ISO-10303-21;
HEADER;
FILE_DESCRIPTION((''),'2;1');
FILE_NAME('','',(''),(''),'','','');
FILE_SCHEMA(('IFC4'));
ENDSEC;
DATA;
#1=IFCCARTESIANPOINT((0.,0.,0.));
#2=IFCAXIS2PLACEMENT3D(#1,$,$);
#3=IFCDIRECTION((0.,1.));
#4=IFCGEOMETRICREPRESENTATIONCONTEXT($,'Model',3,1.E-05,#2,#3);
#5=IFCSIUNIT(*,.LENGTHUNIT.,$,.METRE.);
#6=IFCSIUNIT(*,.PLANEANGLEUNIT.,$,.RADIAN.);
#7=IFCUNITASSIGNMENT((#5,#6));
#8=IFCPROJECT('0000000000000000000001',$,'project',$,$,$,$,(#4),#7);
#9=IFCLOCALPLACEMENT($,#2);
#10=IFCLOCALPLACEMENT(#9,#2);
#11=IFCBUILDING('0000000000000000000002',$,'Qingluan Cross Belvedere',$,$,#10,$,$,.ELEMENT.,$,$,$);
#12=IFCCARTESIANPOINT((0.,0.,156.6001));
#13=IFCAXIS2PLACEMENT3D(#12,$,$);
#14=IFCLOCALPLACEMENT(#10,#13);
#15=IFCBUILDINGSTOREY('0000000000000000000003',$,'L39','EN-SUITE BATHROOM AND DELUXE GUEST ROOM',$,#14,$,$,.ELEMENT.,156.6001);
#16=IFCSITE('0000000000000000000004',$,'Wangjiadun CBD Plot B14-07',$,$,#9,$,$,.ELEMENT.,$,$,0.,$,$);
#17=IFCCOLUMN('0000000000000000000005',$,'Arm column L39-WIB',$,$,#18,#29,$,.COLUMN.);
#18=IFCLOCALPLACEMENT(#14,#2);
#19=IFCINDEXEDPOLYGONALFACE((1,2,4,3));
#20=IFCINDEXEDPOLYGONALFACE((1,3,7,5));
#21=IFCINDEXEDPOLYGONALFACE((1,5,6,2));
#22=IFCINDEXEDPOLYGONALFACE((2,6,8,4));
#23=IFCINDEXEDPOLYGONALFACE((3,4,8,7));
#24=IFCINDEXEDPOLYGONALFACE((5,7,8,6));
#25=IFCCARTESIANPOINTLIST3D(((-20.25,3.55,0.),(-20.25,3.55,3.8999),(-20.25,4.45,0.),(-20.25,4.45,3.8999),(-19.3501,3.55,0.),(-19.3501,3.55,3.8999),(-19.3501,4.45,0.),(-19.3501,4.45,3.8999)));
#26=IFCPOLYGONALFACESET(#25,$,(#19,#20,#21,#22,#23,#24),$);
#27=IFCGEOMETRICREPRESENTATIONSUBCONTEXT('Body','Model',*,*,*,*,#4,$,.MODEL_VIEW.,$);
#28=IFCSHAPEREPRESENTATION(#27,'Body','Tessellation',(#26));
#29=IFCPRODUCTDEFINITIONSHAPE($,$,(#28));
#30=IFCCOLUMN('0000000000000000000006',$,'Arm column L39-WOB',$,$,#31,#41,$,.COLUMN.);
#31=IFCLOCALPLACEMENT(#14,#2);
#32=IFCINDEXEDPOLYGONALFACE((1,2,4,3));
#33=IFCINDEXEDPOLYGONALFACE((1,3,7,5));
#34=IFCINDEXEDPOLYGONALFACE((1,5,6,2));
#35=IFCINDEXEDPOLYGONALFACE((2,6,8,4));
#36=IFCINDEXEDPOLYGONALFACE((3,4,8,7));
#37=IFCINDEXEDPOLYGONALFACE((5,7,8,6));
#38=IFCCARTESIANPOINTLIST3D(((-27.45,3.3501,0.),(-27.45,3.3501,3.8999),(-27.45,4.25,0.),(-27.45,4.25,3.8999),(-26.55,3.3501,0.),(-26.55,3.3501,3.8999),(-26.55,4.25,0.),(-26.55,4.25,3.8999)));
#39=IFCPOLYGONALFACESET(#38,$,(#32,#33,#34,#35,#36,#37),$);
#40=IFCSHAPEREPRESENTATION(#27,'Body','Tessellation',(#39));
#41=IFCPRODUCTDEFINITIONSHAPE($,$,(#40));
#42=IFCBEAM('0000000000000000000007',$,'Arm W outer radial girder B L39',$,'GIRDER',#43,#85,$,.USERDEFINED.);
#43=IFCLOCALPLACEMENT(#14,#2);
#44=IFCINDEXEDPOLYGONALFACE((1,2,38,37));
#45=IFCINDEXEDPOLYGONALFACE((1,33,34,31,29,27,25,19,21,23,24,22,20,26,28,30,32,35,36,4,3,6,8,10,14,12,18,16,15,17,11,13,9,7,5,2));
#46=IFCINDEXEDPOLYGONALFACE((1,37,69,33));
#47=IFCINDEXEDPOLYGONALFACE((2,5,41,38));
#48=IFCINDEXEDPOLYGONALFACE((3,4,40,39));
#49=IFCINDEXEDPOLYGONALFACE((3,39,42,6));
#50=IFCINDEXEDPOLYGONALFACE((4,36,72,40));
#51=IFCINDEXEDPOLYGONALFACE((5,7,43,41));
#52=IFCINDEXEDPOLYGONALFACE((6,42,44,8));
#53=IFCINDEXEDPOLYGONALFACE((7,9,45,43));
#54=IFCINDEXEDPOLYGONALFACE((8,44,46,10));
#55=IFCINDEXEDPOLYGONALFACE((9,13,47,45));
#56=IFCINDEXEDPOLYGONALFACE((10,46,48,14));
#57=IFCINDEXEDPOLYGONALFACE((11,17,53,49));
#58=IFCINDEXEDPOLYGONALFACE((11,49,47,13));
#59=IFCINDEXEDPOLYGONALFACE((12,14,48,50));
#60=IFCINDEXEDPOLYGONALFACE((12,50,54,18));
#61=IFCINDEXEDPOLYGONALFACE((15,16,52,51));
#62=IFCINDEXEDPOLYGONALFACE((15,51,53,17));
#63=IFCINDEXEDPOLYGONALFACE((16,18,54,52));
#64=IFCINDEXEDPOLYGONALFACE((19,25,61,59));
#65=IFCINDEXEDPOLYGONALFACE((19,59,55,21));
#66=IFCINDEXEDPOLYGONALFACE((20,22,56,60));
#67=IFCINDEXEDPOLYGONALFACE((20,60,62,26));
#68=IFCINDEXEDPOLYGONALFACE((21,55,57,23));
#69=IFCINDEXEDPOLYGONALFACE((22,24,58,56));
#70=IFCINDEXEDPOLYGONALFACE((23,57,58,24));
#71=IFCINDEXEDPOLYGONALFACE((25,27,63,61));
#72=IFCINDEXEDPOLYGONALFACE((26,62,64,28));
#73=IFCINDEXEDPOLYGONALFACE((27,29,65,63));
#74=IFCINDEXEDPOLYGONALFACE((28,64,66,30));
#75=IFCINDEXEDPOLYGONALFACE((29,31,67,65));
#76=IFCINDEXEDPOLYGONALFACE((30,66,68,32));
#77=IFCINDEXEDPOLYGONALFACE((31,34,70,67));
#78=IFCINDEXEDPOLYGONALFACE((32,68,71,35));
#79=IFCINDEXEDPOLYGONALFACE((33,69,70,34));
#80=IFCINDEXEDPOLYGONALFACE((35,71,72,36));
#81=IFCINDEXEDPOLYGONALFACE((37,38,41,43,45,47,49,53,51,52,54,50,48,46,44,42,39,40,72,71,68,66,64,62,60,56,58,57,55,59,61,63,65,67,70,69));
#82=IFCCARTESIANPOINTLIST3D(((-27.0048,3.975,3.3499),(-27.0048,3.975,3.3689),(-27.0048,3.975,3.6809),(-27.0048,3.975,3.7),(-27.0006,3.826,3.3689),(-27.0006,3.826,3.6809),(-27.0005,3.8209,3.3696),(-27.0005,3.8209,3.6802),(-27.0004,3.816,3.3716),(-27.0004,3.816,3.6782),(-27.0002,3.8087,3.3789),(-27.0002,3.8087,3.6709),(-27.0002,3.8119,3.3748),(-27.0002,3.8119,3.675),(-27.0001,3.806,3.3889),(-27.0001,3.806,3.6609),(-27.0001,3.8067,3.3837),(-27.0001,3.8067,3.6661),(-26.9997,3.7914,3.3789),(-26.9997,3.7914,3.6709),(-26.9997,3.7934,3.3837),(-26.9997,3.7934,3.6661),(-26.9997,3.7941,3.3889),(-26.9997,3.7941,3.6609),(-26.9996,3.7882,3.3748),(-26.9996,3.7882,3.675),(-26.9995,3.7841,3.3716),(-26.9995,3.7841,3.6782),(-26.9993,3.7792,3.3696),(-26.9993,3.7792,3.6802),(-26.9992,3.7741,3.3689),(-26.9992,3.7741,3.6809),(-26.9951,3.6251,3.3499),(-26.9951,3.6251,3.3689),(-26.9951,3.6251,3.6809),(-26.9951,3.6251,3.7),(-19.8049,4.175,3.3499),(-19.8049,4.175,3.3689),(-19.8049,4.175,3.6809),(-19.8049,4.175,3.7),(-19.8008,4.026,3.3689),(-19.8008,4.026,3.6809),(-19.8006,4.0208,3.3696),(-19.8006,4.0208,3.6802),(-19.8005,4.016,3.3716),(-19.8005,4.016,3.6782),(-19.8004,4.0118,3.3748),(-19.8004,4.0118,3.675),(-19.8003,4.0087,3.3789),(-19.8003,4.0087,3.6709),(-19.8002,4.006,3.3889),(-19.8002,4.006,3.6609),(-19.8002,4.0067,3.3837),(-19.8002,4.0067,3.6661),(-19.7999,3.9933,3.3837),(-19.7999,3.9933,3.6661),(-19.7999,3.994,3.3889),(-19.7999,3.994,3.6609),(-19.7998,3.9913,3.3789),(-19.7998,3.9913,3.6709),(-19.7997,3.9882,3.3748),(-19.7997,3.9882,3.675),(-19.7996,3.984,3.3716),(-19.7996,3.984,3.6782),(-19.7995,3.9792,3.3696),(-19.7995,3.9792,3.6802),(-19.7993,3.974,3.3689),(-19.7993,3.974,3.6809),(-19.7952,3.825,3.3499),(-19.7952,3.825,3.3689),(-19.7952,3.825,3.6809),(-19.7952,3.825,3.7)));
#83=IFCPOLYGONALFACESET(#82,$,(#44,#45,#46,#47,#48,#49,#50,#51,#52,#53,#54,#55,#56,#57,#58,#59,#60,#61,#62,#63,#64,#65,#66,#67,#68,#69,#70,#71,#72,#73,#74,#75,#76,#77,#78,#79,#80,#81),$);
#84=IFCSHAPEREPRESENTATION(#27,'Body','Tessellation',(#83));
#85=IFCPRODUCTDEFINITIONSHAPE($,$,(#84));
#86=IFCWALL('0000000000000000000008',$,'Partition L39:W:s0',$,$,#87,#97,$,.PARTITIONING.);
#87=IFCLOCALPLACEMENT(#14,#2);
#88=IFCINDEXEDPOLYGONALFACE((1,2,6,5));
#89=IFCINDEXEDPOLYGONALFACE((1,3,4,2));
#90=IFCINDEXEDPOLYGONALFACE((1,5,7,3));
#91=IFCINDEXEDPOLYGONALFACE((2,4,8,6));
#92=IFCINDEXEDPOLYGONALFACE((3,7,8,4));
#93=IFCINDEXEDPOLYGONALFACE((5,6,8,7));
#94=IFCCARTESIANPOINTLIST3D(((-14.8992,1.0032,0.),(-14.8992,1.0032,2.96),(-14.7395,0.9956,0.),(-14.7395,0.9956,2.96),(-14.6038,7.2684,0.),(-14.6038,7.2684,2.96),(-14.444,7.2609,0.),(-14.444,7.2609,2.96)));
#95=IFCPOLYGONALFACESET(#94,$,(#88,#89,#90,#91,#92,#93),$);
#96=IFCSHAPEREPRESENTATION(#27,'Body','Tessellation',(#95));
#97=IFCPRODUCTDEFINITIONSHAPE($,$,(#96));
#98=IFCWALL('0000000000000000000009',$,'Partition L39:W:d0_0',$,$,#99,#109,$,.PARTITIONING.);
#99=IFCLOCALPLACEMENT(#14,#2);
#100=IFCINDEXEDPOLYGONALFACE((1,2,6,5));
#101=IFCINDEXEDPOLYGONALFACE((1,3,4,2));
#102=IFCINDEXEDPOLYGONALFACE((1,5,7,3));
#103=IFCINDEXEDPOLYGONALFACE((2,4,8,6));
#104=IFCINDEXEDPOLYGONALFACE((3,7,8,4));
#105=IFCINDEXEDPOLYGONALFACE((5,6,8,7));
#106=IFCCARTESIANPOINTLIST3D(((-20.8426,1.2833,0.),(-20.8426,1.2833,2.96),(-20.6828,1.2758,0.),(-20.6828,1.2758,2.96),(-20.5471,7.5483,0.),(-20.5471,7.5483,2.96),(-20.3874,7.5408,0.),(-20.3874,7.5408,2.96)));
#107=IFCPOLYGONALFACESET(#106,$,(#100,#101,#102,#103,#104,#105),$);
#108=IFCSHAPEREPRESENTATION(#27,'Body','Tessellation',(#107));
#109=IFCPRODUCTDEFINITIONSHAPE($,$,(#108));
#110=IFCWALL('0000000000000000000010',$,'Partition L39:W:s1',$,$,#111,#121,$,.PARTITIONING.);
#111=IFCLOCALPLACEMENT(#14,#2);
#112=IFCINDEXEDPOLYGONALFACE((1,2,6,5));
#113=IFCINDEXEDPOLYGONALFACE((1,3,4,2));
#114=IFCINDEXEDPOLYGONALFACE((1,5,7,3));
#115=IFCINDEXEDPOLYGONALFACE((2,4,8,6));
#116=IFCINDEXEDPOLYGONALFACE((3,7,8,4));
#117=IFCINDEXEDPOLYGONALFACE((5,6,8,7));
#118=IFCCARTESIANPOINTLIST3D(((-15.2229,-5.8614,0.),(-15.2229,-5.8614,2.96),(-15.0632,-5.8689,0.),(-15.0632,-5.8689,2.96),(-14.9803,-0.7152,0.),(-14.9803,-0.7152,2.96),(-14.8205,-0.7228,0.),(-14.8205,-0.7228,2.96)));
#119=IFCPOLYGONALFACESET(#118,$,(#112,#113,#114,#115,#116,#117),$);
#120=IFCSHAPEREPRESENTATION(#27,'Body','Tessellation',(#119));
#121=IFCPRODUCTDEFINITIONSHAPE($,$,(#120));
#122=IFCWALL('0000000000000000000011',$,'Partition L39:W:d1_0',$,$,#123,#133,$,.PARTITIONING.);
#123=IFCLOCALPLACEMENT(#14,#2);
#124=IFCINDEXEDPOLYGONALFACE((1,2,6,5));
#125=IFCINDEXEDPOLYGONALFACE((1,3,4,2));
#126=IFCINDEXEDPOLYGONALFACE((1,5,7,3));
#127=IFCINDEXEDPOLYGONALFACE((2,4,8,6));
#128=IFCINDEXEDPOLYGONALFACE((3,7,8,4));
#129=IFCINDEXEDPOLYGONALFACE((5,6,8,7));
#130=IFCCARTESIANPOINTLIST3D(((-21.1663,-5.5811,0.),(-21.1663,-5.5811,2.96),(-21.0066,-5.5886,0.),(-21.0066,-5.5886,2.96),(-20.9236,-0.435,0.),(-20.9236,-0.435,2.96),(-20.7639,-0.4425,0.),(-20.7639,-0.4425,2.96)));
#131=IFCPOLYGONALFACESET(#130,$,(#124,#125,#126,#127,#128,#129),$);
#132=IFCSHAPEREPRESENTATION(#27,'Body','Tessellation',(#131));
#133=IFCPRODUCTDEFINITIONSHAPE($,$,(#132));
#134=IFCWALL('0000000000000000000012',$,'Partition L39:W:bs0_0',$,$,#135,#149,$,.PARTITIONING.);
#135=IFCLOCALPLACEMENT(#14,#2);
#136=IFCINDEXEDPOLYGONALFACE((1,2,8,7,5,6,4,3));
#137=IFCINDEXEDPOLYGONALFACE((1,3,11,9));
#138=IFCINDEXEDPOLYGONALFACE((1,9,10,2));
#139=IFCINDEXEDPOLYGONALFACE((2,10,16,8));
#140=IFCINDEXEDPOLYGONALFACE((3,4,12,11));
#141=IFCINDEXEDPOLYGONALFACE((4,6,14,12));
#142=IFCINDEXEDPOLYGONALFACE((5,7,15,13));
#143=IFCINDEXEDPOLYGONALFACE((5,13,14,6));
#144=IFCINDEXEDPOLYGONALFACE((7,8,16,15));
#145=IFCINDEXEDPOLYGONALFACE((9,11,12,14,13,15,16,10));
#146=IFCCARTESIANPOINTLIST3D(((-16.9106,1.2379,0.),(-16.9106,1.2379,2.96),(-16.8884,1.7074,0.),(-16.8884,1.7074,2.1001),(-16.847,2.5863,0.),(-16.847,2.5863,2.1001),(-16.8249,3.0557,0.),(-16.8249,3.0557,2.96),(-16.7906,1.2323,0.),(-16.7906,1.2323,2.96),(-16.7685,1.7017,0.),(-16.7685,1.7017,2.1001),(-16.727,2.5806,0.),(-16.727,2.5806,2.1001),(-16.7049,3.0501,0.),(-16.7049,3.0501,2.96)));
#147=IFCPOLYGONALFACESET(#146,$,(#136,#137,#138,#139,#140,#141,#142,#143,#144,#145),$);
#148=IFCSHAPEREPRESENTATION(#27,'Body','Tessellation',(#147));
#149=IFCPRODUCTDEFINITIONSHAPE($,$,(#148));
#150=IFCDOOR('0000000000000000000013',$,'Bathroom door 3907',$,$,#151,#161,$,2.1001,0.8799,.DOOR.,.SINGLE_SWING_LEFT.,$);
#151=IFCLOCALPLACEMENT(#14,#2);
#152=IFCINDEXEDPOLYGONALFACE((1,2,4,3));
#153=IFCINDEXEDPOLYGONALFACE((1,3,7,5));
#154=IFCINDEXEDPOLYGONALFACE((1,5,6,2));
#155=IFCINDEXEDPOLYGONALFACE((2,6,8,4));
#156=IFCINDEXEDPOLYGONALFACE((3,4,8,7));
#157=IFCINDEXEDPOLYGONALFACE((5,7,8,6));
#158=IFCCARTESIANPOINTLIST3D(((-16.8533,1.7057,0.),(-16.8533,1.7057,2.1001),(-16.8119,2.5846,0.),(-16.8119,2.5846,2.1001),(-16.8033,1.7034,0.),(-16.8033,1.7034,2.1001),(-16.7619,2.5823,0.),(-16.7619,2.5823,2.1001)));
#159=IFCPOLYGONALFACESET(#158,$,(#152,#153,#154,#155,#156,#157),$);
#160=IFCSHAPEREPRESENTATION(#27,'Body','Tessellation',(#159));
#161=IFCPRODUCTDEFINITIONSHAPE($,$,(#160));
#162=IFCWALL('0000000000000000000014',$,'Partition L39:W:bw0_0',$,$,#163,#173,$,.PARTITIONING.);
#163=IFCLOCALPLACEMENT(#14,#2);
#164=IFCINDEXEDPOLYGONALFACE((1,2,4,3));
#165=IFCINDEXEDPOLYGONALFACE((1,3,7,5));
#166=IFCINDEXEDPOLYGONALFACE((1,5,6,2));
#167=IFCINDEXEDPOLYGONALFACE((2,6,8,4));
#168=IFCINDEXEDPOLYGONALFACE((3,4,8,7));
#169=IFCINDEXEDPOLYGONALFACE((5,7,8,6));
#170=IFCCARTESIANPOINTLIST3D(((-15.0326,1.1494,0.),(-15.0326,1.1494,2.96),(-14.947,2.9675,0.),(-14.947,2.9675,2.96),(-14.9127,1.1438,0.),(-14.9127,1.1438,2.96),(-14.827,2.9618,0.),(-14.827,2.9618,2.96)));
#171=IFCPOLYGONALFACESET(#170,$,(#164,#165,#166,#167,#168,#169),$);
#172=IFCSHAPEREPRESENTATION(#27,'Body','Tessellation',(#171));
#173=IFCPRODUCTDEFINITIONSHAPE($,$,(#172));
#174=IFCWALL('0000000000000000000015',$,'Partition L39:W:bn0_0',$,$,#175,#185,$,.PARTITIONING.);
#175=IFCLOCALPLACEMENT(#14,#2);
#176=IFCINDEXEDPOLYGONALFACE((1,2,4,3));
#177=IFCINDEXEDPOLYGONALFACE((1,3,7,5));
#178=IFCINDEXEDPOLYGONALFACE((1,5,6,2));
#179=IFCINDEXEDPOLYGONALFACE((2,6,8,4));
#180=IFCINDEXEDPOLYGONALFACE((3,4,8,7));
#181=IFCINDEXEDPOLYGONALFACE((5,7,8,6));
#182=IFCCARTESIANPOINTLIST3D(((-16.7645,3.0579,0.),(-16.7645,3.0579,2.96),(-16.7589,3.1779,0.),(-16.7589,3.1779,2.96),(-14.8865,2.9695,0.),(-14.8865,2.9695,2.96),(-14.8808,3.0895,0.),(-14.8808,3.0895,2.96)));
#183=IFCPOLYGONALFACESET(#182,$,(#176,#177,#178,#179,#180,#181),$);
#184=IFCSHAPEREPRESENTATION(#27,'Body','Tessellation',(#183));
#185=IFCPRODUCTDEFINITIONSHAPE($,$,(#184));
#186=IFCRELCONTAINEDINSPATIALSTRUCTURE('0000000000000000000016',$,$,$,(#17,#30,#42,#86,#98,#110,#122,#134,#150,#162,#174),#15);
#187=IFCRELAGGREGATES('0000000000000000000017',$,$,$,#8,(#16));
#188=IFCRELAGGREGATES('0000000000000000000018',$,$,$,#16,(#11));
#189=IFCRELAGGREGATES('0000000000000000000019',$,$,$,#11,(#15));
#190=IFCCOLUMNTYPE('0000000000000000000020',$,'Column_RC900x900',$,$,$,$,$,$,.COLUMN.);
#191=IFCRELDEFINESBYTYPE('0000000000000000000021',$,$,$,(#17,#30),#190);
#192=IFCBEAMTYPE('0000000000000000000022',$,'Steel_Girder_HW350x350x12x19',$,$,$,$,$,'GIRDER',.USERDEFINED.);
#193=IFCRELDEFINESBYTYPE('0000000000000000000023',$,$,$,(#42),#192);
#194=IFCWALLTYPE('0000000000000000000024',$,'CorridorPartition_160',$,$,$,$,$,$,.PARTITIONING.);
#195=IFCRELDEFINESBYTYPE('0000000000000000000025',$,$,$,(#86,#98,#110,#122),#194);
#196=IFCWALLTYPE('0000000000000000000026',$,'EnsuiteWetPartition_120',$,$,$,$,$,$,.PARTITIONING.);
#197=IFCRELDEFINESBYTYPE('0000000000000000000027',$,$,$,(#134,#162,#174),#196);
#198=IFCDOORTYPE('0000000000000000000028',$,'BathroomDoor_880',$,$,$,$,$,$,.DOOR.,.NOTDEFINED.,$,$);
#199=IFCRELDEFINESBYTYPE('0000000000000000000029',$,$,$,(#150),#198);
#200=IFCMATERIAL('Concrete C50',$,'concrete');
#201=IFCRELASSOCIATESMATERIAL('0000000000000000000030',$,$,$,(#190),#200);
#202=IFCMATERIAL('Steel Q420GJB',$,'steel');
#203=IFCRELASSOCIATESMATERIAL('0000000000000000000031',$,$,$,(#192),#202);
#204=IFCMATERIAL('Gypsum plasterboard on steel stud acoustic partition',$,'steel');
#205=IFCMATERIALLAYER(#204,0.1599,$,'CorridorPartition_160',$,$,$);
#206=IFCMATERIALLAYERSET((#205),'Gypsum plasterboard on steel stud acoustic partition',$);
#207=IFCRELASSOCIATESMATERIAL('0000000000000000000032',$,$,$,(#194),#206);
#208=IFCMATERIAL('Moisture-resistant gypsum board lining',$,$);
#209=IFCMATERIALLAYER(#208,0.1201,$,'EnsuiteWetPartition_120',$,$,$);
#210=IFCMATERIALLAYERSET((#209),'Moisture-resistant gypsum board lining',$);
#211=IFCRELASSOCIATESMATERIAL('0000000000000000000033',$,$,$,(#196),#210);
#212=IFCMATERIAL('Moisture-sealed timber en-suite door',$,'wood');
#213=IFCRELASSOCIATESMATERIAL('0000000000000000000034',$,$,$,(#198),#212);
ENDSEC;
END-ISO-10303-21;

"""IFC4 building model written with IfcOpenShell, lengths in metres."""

from ifc_helpers import new_model, si_unit, direction, frame, frame_2d, origin, origin_2d, place, context, subcontext, project, spatial, rectangle, i_section, extrude, material, layer, layer_set, material_profile, profile_set, type_object, element, fill, save


model = new_model("IFC4")

# Units and contexts
model_context = context("Model", 3, precision=1e-05, world=origin(), true_north=direction((0.0, 1.0)))
body_context = subcontext(model_context, "Body", "Model", "MODEL_VIEW")
ifc_project = project(units=[si_unit("LENGTHUNIT", "METRE"), si_unit("PLANEANGLEUNIT", "RADIAN")], contexts=[model_context])

# Site, building, storey
site_placement = place(None, origin())
site = spatial("IfcSite", under=ifc_project, at=site_placement, Name="Wangjiadun CBD Plot B14-07", CompositionType="ELEMENT", RefElevation=0.0)
building_placement = place(site_placement, origin())
building = spatial("IfcBuilding", under=site, at=building_placement, Name="Qingluan Cross Belvedere", CompositionType="ELEMENT")
storey_placement = place(building_placement, frame((0.0, 0.0, 156.6001)))
storey = spatial("IfcBuildingStorey", under=building, at=storey_placement, Name="L39", Description="EN-SUITE BATHROOM AND DELUXE GUEST ROOM", CompositionType="ELEMENT", Elevation=156.6001)

# Columns
ifc_material_1 = material(Name="Concrete C50", Category="concrete")
ifc_material_profile_1 = material_profile(ifc_material_1, rectangle(XDim=0.8999, YDim=0.8999, at=origin_2d()), Name="RC900x900")
ifc_profile_set_1 = profile_set([ifc_material_profile_1], Name="Concrete C50")
column_type = type_object("IfcColumnType", Name="Column_RC900x900", PredefinedType="COLUMN", material=ifc_profile_set_1)
for number, where, z_axis, x_axis, name in (
    (1, (-19.8, 4.0, 0.0), (0.0, 0.0, 1.0), (1.0, 0.0, 0.0), "Arm column L39-WIB"),
    (2, (-27.0, 3.8, 0.0), (0.0, 0.0, 1.0), (1.0, 0.0, 0.0), "Arm column L39-WOB"),
):
    element("IfcColumn", number, at=place(storey_placement, frame(where, z_axis=z_axis, x_axis=x_axis)), inside=storey, type_object=column_type, Name=name, PredefinedType="COLUMN", context=body_context, shape_type="SweptSolid", body=[
        extrude(rectangle(XDim=0.8999, YDim=0.8999, at=origin_2d()), origin(), (0.0, 0.0, 1.0), 3.8999),
    ])

# Beam
ifc_material_2 = material(Name="Steel Q420GJB", Category="steel")
ifc_material_profile_2 = material_profile(ifc_material_2, i_section(OverallWidth=0.3501, OverallDepth=0.3501, WebThickness=0.012, FlangeThickness=0.019, FilletRadius=0.02, at=origin_2d()), Name="HW350x350x12x19")
ifc_profile_set_2 = profile_set([ifc_material_profile_2], Name="Steel Q420GJB")
beam_type = type_object("IfcBeamType", Name="Steel_Girder_HW350x350x12x19", ElementType="GIRDER", PredefinedType="USERDEFINED", material=ifc_profile_set_2)
beam_placement = place(storey_placement, frame((-19.8, 4.0, 3.5249), z_axis=(-0.999615, -0.02776, 0.0), x_axis=(0.02776, -0.999615, 0.0)))
element("IfcBeam", 3, at=beam_placement, inside=storey, type_object=beam_type, Name="Arm W outer radial girder B L39", ObjectType="GIRDER", PredefinedType="USERDEFINED", context=body_context, shape_type="SweptSolid", body=[
    extrude(i_section(OverallWidth=0.3501, OverallDepth=0.3501, WebThickness=0.012, FlangeThickness=0.019, FilletRadius=0.02, at=origin_2d()), origin(), (0.0, 0.0, 1.0), 7.2026),
])

# Shared definitions
ifc_material_3 = material(Name="Gypsum plasterboard on steel stud acoustic partition", Category="steel")
ifc_layer_1 = layer(ifc_material_3, 0.1599, Name="CorridorPartition_160")
ifc_layer_set_1 = layer_set([ifc_layer_1], Name="Gypsum plasterboard on steel stud acoustic partition")
wall_type_1 = type_object("IfcWallType", Name="CorridorPartition_160", PredefinedType="PARTITIONING", material=ifc_layer_set_1)

# Walls
wall_1_placement = place(storey_placement, frame((-14.8193, 0.9993, 0.0), z_axis=(0.0, 0.0, 1.0), x_axis=(0.047099, 0.99889, 0.0)))
element("IfcWall", 4, at=wall_1_placement, inside=storey, type_object=wall_type_1, Name="Partition L39:W:s0", PredefinedType="PARTITIONING", context=body_context, shape_type="SweptSolid", body=[
    extrude(rectangle(XDim=6.2722, YDim=0.1599, at=frame_2d((3.1362, 0.0))), origin(), (0.0, 0.0, 1.0), 2.96),
])
wall_2_placement = place(storey_placement, frame((-20.7627, 1.2795, 0.0), z_axis=(0.0, 0.0, 1.0), x_axis=(0.047101, 0.99889, 0.0)))
element("IfcWall", 5, at=wall_2_placement, inside=storey, type_object=wall_type_1, Name="Partition L39:W:d0_0", PredefinedType="PARTITIONING", context=body_context, shape_type="SweptSolid", body=[
    extrude(rectangle(XDim=6.272, YDim=0.1599, at=frame_2d((3.136, 0.0))), origin(), (0.0, 0.0, 1.0), 2.96),
])
for number, where, z_axis, x_axis, name in (
    (6, (-14.9004, -0.719, 0.0), (0.0, 0.0, 1.0), (-0.047104, -0.99889, 0.0), "Partition L39:W:s1"),
    (7, (-20.8438, -0.4387, 0.0), (0.0, 0.0, 1.0), (-0.047104, -0.99889, 0.0), "Partition L39:W:d1_0"),
):
    element("IfcWall", number, at=place(storey_placement, frame(where, z_axis=z_axis, x_axis=x_axis)), inside=storey, type_object=wall_type_1, Name=name, PredefinedType="PARTITIONING", context=body_context, shape_type="SweptSolid", body=[
        extrude(rectangle(XDim=5.1519, YDim=0.1599, at=frame_2d((2.5759, 0.0))), origin(), (0.0, 0.0, 1.0), 2.96),
    ])

# Wall, opening, door
ifc_material_4 = material(Name="Moisture-resistant gypsum board lining")
ifc_layer_2 = layer(ifc_material_4, 0.1201, Name="EnsuiteWetPartition_120")
ifc_layer_set_2 = layer_set([ifc_layer_2], Name="Moisture-resistant gypsum board lining")
wall_type_2 = type_object("IfcWallType", Name="EnsuiteWetPartition_120", PredefinedType="PARTITIONING", material=ifc_layer_set_2)
wall_3_placement = place(storey_placement, frame((-16.8506, 1.2351, 0.0), z_axis=(0.0, 0.0, 1.0), x_axis=(0.047087, 0.998891, 0.0)))
wall_3 = element("IfcWall", 8, at=wall_3_placement, inside=storey, type_object=wall_type_2, Name="Partition L39:W:bs0_0", PredefinedType="PARTITIONING", context=body_context, shape_type="SweptSolid", body=[
    extrude(rectangle(XDim=1.8198, YDim=0.1201, at=frame_2d((0.9099, 0.0))), origin(), (0.0, 0.0, 1.0), 2.96),
])
opening_1_placement = place(wall_3_placement, frame((0.47, 0.0, 0.0)))
opening_1 = element("IfcOpeningElement", 9, at=opening_1_placement, cuts=wall_3, PredefinedType="OPENING", context=body_context, shape_type="SweptSolid", body=[
    extrude(rectangle(XDim=0.8799, YDim=2.1001, at=frame_2d((0.4399, 1.05))), frame((0.0, 0.0701, 0.0), z_axis=(0.0, -1.0, 0.0), x_axis=(1.0, 0.0, 0.0)), (0.0, 0.0, 1.0), 0.1401),
])
ifc_material_5 = material(Name="Moisture-sealed timber en-suite door", Category="wood")
door_type_1 = type_object("IfcDoorType", Name="BathroomDoor_880", OperationType="NOTDEFINED", PredefinedType="DOOR", material=ifc_material_5)
door_1_placement = place(opening_1_placement, origin())
door_1 = element("IfcDoor", 10, at=door_1_placement, inside=storey, type_object=door_type_1, Name="Bathroom door 3907", OperationType="SINGLE_SWING_LEFT", OverallHeight=2.1001, OverallWidth=0.8799, PredefinedType="DOOR", context=body_context, shape_type="SweptSolid", body=[
    extrude(rectangle(XDim=0.8799, YDim=2.1001, at=frame_2d((0.4399, 1.05))), frame((0.0, 0.0249, 0.0), z_axis=(0.0, -1.0, 0.0), x_axis=(1.0, 0.0, 0.0)), (0.0, 0.0, 1.0), 0.05),
])
fill(opening_1, door_1)

# Walls
wall_4_placement = place(storey_placement, frame((-14.9727, 1.1465, 0.0), z_axis=(0.0, 0.0, 1.0), x_axis=(0.047081, 0.998891, 0.0)))
element("IfcWall", 11, at=wall_4_placement, inside=storey, type_object=wall_type_2, Name="Partition L39:W:bw0_0", PredefinedType="PARTITIONING", context=body_context, shape_type="SweptSolid", body=[
    extrude(rectangle(XDim=1.8201, YDim=0.1201, at=frame_2d((0.9102, 0.0))), origin(), (0.0, 0.0, 1.0), 2.96),
])
wall_5_placement = place(storey_placement, frame((-14.8838, 3.0295, 0.0), z_axis=(0.0, 0.0, 1.0), x_axis=(-0.998894, 0.04701, 0.0)))
element("IfcWall", 12, at=wall_5_placement, inside=storey, type_object=wall_type_2, Name="Partition L39:W:bn0_0", PredefinedType="PARTITIONING", context=body_context, shape_type="SweptSolid", body=[
    extrude(rectangle(XDim=1.8801, YDim=0.1201, at=frame_2d((0.9399, 0.0))), origin(), (0.0, 0.0, 1.0), 2.96),
])

save(model, "model.ifc")
